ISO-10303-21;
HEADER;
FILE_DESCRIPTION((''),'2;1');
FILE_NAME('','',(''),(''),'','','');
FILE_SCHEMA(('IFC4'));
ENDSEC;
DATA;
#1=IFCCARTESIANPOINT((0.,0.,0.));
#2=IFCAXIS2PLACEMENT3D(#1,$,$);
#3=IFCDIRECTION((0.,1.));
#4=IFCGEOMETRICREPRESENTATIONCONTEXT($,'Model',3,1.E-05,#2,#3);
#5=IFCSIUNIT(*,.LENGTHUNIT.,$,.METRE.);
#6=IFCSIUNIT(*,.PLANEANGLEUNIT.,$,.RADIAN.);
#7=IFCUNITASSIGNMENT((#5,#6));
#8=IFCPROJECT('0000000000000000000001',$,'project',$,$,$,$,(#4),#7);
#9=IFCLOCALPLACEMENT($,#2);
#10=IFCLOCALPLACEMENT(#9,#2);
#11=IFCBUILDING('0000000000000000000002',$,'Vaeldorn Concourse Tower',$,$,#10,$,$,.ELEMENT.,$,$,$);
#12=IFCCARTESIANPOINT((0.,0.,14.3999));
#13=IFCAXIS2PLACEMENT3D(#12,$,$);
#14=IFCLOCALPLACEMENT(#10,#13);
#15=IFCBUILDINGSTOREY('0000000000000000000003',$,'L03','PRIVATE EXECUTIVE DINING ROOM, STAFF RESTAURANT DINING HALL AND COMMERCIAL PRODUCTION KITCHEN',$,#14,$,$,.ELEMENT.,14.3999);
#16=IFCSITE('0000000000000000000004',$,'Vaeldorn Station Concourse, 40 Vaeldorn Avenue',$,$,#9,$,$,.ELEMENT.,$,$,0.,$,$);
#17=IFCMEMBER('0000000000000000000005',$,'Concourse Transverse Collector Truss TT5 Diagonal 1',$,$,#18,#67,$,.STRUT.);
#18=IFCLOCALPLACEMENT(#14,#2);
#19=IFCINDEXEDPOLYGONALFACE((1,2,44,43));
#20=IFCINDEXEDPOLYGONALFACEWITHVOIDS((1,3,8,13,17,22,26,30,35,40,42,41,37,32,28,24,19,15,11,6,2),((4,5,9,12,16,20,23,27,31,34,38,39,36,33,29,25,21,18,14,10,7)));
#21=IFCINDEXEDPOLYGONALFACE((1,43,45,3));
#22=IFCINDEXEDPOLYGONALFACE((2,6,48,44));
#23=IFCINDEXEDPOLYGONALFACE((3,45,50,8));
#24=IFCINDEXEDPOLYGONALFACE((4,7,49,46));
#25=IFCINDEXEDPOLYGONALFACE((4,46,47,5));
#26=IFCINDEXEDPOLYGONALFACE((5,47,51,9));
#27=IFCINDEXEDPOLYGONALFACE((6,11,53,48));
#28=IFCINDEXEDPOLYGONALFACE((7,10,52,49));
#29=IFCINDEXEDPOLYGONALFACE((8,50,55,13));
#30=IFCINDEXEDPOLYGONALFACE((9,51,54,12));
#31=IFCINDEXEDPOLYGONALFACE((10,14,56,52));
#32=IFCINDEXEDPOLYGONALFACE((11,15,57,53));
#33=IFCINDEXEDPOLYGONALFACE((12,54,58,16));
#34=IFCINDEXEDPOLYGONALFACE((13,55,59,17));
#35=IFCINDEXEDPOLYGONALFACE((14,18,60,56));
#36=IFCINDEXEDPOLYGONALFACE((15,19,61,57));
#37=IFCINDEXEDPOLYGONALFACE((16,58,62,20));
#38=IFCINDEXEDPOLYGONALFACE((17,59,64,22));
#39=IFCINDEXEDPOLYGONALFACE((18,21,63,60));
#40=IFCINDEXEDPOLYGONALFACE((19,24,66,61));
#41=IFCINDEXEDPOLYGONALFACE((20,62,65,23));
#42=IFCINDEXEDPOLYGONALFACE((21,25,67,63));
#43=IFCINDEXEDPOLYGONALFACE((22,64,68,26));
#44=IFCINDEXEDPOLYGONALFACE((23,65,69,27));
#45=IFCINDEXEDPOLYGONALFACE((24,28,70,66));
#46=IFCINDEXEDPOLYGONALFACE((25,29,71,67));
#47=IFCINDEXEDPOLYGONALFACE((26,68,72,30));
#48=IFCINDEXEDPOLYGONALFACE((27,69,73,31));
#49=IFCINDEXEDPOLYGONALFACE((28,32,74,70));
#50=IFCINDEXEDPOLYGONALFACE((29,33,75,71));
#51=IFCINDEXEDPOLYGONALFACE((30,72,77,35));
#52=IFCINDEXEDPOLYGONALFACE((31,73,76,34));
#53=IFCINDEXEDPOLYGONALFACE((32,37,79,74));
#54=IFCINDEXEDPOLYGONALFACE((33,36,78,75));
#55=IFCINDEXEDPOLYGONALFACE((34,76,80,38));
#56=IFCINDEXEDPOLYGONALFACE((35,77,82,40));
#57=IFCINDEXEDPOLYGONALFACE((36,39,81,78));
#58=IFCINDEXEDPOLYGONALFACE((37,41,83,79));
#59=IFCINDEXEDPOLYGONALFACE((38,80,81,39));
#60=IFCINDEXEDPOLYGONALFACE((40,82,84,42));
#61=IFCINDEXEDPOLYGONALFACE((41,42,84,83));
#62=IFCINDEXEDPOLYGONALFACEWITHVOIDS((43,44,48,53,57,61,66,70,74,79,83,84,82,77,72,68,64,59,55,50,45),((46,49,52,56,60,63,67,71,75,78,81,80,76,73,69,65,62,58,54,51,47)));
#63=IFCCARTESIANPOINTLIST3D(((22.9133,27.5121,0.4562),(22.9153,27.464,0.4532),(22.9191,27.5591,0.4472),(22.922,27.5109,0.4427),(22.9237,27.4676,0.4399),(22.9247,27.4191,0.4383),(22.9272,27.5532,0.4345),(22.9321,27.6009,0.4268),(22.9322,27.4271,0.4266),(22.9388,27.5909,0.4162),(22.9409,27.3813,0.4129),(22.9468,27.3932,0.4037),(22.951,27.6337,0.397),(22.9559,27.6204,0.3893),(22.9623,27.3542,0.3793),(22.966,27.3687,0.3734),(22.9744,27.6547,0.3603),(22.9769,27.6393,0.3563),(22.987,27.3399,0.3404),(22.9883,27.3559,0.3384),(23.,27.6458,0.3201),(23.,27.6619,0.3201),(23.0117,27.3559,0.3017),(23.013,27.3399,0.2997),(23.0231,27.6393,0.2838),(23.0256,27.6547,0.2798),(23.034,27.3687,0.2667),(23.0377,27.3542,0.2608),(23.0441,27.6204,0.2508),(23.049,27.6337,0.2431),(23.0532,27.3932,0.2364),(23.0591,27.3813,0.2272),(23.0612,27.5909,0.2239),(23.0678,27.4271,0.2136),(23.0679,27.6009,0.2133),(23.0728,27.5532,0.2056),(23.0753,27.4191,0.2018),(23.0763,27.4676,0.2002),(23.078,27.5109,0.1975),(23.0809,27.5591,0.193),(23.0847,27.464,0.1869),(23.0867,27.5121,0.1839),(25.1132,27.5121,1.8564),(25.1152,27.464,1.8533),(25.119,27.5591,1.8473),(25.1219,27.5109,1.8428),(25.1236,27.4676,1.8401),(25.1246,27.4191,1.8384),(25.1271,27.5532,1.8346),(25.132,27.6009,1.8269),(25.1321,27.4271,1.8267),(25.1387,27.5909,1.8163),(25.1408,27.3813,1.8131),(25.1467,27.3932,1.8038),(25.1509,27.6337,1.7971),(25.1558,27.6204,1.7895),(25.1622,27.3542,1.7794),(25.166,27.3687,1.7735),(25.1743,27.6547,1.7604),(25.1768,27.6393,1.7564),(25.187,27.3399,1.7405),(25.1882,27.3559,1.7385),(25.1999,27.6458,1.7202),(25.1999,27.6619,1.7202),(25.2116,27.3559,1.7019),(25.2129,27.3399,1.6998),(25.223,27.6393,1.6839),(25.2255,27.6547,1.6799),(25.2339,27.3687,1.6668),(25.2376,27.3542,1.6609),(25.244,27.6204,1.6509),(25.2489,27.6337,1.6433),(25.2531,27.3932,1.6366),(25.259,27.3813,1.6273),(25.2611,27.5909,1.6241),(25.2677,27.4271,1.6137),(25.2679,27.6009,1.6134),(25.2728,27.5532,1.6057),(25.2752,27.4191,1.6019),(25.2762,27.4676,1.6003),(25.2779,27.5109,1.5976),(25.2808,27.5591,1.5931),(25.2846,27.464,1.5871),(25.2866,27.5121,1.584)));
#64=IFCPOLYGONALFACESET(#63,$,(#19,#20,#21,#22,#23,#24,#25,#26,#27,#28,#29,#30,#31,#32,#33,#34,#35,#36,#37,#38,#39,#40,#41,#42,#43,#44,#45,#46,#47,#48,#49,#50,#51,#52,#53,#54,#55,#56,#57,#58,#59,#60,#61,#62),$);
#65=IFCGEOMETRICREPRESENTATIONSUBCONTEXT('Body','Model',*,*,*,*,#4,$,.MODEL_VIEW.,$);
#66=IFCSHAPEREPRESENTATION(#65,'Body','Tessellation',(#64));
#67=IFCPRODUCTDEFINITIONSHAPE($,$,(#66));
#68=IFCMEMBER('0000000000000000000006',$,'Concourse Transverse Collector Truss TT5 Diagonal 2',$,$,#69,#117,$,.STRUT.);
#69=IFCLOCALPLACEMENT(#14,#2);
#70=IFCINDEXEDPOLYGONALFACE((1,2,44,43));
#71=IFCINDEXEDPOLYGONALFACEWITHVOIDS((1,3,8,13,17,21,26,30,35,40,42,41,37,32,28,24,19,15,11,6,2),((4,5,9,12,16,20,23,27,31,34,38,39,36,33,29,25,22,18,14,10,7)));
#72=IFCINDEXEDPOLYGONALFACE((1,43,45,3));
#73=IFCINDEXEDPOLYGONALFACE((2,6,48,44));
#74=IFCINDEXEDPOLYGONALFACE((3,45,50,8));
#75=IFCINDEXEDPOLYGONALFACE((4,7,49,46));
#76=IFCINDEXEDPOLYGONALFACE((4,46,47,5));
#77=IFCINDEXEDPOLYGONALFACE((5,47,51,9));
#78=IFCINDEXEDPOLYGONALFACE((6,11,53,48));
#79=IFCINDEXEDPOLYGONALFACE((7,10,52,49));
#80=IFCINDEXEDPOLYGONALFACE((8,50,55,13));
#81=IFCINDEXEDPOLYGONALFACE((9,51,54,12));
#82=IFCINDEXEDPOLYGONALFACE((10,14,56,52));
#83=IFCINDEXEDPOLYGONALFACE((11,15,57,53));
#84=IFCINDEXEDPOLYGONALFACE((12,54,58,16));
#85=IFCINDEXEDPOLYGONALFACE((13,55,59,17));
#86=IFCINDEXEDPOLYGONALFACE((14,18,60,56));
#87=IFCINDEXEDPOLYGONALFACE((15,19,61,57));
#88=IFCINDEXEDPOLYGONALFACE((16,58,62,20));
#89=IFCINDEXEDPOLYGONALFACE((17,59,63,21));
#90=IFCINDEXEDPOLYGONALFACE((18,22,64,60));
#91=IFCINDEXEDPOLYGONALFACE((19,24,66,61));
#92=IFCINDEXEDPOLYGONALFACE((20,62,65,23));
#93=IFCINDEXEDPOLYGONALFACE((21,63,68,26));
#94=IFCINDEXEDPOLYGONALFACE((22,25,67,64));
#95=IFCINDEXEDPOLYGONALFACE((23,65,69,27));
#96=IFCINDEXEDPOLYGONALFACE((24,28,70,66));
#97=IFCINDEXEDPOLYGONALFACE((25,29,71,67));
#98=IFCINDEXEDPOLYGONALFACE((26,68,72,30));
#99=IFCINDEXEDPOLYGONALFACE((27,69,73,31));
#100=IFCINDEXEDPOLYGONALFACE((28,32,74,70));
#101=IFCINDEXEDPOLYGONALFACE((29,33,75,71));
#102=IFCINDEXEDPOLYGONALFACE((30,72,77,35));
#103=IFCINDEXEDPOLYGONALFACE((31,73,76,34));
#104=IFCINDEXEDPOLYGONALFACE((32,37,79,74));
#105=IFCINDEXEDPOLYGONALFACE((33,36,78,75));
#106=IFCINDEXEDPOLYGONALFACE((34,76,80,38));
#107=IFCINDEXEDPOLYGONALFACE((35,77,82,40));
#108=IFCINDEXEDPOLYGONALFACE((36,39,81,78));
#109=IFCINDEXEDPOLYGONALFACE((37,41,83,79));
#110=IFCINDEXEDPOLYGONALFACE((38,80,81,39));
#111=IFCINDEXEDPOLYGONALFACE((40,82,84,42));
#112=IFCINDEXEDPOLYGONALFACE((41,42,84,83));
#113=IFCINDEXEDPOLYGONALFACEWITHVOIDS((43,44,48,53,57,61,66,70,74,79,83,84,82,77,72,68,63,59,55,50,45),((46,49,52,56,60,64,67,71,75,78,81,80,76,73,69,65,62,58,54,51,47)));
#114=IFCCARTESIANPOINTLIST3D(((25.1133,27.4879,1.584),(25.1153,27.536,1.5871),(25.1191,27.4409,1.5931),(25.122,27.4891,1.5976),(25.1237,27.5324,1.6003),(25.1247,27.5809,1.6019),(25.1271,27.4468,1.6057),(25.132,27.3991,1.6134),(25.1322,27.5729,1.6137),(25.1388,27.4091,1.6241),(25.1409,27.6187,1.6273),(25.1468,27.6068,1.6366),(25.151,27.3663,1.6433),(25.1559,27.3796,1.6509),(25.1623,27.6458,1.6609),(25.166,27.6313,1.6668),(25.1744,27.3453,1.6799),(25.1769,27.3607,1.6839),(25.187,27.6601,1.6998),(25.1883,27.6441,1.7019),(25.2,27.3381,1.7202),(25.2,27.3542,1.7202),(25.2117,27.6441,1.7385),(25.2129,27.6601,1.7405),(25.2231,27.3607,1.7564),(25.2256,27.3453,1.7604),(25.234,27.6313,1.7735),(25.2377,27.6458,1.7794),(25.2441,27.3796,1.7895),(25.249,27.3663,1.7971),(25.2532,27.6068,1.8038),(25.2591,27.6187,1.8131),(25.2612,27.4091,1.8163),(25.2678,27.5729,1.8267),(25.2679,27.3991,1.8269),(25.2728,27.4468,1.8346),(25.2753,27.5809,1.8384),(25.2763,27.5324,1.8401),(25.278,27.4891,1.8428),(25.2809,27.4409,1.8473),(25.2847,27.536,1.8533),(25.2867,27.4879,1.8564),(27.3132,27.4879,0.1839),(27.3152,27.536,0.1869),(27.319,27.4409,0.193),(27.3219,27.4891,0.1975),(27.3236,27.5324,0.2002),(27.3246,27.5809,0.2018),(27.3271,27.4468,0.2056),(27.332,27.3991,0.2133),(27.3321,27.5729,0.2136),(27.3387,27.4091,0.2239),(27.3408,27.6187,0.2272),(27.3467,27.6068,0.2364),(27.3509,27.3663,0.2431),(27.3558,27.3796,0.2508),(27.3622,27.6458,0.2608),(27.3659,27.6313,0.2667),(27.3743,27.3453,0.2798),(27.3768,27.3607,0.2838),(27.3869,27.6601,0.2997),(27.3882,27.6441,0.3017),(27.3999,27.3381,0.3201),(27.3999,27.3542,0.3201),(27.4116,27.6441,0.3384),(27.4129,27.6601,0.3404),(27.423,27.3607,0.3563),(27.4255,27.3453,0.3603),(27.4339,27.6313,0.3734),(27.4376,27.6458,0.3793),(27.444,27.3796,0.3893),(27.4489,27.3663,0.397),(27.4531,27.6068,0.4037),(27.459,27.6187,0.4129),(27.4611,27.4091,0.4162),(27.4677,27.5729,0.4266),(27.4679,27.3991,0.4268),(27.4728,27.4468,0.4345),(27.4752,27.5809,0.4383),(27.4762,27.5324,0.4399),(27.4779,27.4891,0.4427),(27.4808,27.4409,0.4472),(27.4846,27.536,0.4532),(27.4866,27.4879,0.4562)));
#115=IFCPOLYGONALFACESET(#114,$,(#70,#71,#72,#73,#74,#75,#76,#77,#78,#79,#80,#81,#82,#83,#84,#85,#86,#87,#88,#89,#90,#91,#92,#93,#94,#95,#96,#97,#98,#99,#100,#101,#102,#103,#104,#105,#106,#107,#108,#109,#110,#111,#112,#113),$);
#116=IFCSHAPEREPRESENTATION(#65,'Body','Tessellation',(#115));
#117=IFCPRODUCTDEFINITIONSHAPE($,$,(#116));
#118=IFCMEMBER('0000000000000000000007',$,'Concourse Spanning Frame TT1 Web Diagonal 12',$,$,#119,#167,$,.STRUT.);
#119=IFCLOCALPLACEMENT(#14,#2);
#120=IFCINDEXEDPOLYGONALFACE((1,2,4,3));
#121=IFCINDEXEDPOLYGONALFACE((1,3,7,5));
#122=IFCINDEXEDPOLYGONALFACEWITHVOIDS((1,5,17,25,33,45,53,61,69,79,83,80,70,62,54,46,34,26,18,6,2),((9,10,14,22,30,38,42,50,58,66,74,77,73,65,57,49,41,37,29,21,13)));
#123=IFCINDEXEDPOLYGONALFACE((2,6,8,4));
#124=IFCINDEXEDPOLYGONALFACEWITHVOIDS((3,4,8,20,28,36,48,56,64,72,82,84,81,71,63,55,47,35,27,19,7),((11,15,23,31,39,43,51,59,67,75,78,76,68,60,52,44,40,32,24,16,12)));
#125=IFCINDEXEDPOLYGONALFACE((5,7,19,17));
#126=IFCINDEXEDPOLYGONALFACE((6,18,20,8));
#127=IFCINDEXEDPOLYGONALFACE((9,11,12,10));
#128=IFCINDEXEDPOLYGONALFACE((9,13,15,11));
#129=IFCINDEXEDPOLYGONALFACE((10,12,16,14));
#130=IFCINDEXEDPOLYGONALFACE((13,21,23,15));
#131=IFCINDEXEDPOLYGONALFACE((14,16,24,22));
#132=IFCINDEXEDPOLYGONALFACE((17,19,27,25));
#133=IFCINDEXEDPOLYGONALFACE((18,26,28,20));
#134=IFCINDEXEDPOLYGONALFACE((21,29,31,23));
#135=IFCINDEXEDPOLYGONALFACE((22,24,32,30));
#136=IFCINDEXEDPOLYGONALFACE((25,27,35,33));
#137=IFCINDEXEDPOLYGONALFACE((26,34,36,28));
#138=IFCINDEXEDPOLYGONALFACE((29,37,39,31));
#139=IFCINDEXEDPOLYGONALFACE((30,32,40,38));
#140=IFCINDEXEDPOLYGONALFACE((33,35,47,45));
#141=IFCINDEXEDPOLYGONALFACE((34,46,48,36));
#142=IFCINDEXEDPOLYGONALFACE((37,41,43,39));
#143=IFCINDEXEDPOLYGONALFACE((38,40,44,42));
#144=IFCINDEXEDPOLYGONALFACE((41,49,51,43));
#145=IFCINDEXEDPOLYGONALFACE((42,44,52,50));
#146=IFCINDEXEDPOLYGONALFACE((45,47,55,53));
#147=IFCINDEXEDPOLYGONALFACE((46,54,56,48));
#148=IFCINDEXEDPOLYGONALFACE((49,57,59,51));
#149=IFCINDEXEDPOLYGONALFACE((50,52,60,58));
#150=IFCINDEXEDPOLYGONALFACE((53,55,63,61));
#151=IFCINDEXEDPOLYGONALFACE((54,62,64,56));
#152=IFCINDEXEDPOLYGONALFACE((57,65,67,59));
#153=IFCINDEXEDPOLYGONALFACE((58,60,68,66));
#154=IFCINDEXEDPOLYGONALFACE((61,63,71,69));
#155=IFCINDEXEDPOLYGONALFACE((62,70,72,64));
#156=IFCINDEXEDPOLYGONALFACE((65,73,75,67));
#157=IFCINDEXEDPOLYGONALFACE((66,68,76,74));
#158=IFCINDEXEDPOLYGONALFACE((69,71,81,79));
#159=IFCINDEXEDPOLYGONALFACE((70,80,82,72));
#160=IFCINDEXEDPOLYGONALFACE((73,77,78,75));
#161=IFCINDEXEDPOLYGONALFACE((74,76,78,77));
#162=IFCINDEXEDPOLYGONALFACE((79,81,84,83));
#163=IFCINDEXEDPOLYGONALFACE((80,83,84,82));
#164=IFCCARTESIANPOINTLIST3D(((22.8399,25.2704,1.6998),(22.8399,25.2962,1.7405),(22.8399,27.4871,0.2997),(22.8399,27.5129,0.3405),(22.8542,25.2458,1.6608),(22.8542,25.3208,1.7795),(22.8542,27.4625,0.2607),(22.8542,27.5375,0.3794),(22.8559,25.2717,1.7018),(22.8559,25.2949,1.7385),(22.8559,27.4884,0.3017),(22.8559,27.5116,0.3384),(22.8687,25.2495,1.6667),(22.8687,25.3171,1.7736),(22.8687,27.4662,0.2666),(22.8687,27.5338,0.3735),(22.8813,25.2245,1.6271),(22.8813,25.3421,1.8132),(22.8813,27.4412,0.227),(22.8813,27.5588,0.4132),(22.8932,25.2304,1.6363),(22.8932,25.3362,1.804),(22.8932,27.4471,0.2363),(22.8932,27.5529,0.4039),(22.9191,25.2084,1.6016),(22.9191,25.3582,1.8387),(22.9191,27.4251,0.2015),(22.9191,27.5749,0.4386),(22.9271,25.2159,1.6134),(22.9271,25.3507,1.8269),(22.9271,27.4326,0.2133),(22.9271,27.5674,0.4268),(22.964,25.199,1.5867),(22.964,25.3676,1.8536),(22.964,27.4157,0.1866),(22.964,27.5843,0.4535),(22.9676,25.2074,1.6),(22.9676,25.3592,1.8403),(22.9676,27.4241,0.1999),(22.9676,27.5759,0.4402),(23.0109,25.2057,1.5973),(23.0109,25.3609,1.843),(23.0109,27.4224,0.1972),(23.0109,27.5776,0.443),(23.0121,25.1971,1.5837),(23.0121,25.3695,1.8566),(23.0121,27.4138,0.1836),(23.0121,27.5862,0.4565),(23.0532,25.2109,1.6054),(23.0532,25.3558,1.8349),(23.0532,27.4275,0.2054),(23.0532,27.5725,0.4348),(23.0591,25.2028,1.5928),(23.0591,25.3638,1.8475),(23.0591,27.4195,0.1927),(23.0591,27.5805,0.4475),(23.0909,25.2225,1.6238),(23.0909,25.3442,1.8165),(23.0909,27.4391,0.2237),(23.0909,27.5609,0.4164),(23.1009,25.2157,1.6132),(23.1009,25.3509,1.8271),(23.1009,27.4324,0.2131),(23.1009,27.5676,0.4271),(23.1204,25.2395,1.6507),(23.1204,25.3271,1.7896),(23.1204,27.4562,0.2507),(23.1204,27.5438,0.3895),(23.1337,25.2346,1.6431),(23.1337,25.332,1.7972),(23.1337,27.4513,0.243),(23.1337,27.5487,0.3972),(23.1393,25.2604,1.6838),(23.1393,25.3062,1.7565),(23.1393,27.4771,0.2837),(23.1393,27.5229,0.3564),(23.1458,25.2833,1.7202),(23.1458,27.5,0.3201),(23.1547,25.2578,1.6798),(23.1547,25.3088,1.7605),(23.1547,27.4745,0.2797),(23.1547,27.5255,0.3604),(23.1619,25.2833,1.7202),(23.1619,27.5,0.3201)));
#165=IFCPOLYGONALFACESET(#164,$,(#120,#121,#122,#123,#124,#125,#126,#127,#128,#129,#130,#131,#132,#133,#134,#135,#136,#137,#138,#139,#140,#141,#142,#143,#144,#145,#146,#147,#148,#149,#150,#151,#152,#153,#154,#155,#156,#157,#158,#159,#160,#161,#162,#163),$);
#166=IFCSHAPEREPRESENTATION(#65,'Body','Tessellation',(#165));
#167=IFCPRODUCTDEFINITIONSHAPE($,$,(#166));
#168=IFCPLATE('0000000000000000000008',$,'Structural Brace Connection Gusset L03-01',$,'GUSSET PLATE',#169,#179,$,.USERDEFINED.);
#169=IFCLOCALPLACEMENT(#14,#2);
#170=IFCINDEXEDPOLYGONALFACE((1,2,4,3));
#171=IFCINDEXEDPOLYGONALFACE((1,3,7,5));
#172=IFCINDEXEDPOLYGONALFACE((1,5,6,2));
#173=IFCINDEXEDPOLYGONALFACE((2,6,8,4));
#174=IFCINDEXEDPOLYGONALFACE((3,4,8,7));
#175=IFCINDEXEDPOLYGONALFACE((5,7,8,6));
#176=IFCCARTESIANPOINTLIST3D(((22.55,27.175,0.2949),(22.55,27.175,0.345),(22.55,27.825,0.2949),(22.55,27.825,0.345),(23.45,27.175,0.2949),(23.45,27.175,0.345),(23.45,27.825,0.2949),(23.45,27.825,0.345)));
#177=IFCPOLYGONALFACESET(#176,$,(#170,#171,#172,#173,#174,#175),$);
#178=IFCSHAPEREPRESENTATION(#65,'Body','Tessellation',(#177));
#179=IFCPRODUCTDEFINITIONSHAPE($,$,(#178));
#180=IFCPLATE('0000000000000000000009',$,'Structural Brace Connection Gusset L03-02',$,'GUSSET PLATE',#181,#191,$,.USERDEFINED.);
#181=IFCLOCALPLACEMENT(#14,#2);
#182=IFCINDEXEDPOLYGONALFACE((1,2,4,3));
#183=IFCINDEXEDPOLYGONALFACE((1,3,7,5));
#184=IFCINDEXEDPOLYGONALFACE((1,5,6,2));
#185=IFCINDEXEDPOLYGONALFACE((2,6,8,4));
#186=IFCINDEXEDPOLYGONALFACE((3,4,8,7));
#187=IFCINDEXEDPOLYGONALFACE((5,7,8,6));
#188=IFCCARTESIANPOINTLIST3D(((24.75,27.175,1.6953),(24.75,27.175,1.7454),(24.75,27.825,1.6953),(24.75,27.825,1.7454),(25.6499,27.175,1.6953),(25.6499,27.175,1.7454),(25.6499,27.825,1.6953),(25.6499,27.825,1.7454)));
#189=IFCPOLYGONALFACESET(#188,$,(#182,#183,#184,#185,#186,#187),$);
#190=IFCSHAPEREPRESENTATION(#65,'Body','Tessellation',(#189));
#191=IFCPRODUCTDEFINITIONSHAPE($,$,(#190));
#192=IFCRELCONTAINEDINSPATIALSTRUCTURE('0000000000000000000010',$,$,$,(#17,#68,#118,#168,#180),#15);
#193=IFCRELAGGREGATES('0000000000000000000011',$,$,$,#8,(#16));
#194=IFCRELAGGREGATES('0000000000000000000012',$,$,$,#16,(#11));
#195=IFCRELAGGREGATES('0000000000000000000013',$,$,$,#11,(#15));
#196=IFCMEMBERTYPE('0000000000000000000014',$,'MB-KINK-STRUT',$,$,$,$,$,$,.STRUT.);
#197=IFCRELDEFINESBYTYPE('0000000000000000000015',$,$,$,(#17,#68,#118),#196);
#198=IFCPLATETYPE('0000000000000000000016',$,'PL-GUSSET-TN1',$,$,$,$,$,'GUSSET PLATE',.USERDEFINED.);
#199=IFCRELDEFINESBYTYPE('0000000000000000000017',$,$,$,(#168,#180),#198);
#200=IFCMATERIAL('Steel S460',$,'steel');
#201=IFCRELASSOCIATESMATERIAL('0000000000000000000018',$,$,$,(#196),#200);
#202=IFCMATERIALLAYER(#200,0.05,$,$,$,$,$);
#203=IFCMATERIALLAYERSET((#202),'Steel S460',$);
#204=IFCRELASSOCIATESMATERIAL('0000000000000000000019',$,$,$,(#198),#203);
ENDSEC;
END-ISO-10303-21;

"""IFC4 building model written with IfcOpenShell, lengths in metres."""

from ifc_helpers import new_model, si_unit, direction, frame, origin, origin_2d, place, context, subcontext, project, spatial, rectangle, hollow_circle, extrude, source, transform, mapped, material, layer, layer_set, material_profile, profile_set, type_object, element, save


model = new_model("IFC4")

# Units and contexts
model_context = context("Model", 3, precision=1e-05, world=origin(), true_north=direction((0.0, 1.0)))
body_context = subcontext(model_context, "Body", "Model", "MODEL_VIEW")
ifc_project = project(units=[si_unit("LENGTHUNIT", "METRE"), si_unit("PLANEANGLEUNIT", "RADIAN")], contexts=[model_context])

# Site, building, storey
site_placement = place(None, origin())
site = spatial("IfcSite", under=ifc_project, at=site_placement, Name="Vaeldorn Station Concourse, 40 Vaeldorn Avenue", CompositionType="ELEMENT", RefElevation=0.0)
building_placement = place(site_placement, origin())
building = spatial("IfcBuilding", under=site, at=building_placement, Name="Vaeldorn Concourse Tower", CompositionType="ELEMENT")
storey_placement = place(building_placement, frame((0.0, 0.0, 14.3999)))
storey = spatial("IfcBuildingStorey", under=building, at=storey_placement, Name="L03", Description="PRIVATE EXECUTIVE DINING ROOM, STAFF RESTAURANT DINING HALL AND COMMERCIAL PRODUCTION KITCHEN", CompositionType="ELEMENT", Elevation=14.3999)

# Shared definitions
ifc_material_1 = material(Name="Steel S460", Category="steel")

# Members
ifc_material_profile_1 = material_profile(ifc_material_1, hollow_circle(Radius=0.1619, WallThickness=0.0161, at=origin_2d()), Name="CHS 323.9x16")
ifc_profile_set_1 = profile_set([ifc_material_profile_1], Name="Steel S460")
member_type = type_object("IfcMemberType", Name="MB-KINK-STRUT", PredefinedType="STRUT", material=ifc_profile_set_1)
shared_shape_1 = source(origin(), body_context, "Body", "SweptSolid", [
    extrude(hollow_circle(Radius=0.1619, WallThickness=0.0161, at=origin_2d()), origin(), (0.0, 0.0, 1.0), 2.6077),
])
for number, where, z_axis, x_axis, name in (
    (1, (23.0, 27.5, 0.3201), (0.843631, 0.0, 0.536924), (0.0, 1.0, 0.0), "Concourse Transverse Collector Truss TT5 Diagonal 1"),
    (2, (27.3999, 27.5, 0.3201), (-0.843631, 0.0, 0.536924), (0.0, -1.0, 0.0), "Concourse Transverse Collector Truss TT5 Diagonal 2"),
):
    element("IfcMember", number, at=place(storey_placement, frame(where, z_axis=z_axis, x_axis=x_axis)), inside=storey, type_object=member_type, Name=name, PredefinedType="STRUT", context=body_context, shape_type="MappedRepresentation", body=[
        mapped(shared_shape_1, transform((0.0, 0.0, 0.0), scale=1.0)),
    ])
shared_shape_2 = source(origin(), body_context, "Body", "SweptSolid", [
    extrude(hollow_circle(Radius=0.1619, WallThickness=0.0161, at=origin_2d()), origin(), (0.0, 0.0, 1.0), 2.6218),
])
member_placement = place(storey_placement, frame((23.0, 27.5, 0.3201), z_axis=(0.0, -0.845478, 0.534011), x_axis=(1.0, 0.0, 0.0)))
element("IfcMember", 3, at=member_placement, inside=storey, type_object=member_type, Name="Concourse Spanning Frame TT1 Web Diagonal 12", PredefinedType="STRUT", context=body_context, shape_type="MappedRepresentation", body=[
    mapped(shared_shape_2, transform((0.0, 0.0, 0.0), scale=1.0)),
])

# Plates
ifc_layer_1 = layer(ifc_material_1, 0.05)
ifc_layer_set_1 = layer_set([ifc_layer_1], Name="Steel S460")
plate_type = type_object("IfcPlateType", Name="PL-GUSSET-TN1", ElementType="GUSSET PLATE", PredefinedType="USERDEFINED", material=ifc_layer_set_1)
shared_shape_3 = source(origin(), body_context, "Body", "SweptSolid", [
    extrude(rectangle(XDim=0.8999, YDim=0.6499, at=origin_2d()), origin(), (0.0, 0.0, 1.0), 0.05),
])
for number, where, z_axis, x_axis, name in (
    (4, (23.0, 27.5, 0.2949), (0.0, 0.0, 1.0), (1.0, 0.0, 0.0), "Structural Brace Connection Gusset L03-01"),
    (5, (25.2, 27.5, 1.6953), (0.0, 0.0, 1.0), (1.0, 0.0, 0.0), "Structural Brace Connection Gusset L03-02"),
):
    element("IfcPlate", number, at=place(storey_placement, frame(where, z_axis=z_axis, x_axis=x_axis)), inside=storey, type_object=plate_type, Name=name, ObjectType="GUSSET PLATE", PredefinedType="USERDEFINED", context=body_context, shape_type="MappedRepresentation", body=[
        mapped(shared_shape_3, transform((0.0, 0.0, 0.0), scale=1.0)),
    ])

save(model, "model.ifc")
